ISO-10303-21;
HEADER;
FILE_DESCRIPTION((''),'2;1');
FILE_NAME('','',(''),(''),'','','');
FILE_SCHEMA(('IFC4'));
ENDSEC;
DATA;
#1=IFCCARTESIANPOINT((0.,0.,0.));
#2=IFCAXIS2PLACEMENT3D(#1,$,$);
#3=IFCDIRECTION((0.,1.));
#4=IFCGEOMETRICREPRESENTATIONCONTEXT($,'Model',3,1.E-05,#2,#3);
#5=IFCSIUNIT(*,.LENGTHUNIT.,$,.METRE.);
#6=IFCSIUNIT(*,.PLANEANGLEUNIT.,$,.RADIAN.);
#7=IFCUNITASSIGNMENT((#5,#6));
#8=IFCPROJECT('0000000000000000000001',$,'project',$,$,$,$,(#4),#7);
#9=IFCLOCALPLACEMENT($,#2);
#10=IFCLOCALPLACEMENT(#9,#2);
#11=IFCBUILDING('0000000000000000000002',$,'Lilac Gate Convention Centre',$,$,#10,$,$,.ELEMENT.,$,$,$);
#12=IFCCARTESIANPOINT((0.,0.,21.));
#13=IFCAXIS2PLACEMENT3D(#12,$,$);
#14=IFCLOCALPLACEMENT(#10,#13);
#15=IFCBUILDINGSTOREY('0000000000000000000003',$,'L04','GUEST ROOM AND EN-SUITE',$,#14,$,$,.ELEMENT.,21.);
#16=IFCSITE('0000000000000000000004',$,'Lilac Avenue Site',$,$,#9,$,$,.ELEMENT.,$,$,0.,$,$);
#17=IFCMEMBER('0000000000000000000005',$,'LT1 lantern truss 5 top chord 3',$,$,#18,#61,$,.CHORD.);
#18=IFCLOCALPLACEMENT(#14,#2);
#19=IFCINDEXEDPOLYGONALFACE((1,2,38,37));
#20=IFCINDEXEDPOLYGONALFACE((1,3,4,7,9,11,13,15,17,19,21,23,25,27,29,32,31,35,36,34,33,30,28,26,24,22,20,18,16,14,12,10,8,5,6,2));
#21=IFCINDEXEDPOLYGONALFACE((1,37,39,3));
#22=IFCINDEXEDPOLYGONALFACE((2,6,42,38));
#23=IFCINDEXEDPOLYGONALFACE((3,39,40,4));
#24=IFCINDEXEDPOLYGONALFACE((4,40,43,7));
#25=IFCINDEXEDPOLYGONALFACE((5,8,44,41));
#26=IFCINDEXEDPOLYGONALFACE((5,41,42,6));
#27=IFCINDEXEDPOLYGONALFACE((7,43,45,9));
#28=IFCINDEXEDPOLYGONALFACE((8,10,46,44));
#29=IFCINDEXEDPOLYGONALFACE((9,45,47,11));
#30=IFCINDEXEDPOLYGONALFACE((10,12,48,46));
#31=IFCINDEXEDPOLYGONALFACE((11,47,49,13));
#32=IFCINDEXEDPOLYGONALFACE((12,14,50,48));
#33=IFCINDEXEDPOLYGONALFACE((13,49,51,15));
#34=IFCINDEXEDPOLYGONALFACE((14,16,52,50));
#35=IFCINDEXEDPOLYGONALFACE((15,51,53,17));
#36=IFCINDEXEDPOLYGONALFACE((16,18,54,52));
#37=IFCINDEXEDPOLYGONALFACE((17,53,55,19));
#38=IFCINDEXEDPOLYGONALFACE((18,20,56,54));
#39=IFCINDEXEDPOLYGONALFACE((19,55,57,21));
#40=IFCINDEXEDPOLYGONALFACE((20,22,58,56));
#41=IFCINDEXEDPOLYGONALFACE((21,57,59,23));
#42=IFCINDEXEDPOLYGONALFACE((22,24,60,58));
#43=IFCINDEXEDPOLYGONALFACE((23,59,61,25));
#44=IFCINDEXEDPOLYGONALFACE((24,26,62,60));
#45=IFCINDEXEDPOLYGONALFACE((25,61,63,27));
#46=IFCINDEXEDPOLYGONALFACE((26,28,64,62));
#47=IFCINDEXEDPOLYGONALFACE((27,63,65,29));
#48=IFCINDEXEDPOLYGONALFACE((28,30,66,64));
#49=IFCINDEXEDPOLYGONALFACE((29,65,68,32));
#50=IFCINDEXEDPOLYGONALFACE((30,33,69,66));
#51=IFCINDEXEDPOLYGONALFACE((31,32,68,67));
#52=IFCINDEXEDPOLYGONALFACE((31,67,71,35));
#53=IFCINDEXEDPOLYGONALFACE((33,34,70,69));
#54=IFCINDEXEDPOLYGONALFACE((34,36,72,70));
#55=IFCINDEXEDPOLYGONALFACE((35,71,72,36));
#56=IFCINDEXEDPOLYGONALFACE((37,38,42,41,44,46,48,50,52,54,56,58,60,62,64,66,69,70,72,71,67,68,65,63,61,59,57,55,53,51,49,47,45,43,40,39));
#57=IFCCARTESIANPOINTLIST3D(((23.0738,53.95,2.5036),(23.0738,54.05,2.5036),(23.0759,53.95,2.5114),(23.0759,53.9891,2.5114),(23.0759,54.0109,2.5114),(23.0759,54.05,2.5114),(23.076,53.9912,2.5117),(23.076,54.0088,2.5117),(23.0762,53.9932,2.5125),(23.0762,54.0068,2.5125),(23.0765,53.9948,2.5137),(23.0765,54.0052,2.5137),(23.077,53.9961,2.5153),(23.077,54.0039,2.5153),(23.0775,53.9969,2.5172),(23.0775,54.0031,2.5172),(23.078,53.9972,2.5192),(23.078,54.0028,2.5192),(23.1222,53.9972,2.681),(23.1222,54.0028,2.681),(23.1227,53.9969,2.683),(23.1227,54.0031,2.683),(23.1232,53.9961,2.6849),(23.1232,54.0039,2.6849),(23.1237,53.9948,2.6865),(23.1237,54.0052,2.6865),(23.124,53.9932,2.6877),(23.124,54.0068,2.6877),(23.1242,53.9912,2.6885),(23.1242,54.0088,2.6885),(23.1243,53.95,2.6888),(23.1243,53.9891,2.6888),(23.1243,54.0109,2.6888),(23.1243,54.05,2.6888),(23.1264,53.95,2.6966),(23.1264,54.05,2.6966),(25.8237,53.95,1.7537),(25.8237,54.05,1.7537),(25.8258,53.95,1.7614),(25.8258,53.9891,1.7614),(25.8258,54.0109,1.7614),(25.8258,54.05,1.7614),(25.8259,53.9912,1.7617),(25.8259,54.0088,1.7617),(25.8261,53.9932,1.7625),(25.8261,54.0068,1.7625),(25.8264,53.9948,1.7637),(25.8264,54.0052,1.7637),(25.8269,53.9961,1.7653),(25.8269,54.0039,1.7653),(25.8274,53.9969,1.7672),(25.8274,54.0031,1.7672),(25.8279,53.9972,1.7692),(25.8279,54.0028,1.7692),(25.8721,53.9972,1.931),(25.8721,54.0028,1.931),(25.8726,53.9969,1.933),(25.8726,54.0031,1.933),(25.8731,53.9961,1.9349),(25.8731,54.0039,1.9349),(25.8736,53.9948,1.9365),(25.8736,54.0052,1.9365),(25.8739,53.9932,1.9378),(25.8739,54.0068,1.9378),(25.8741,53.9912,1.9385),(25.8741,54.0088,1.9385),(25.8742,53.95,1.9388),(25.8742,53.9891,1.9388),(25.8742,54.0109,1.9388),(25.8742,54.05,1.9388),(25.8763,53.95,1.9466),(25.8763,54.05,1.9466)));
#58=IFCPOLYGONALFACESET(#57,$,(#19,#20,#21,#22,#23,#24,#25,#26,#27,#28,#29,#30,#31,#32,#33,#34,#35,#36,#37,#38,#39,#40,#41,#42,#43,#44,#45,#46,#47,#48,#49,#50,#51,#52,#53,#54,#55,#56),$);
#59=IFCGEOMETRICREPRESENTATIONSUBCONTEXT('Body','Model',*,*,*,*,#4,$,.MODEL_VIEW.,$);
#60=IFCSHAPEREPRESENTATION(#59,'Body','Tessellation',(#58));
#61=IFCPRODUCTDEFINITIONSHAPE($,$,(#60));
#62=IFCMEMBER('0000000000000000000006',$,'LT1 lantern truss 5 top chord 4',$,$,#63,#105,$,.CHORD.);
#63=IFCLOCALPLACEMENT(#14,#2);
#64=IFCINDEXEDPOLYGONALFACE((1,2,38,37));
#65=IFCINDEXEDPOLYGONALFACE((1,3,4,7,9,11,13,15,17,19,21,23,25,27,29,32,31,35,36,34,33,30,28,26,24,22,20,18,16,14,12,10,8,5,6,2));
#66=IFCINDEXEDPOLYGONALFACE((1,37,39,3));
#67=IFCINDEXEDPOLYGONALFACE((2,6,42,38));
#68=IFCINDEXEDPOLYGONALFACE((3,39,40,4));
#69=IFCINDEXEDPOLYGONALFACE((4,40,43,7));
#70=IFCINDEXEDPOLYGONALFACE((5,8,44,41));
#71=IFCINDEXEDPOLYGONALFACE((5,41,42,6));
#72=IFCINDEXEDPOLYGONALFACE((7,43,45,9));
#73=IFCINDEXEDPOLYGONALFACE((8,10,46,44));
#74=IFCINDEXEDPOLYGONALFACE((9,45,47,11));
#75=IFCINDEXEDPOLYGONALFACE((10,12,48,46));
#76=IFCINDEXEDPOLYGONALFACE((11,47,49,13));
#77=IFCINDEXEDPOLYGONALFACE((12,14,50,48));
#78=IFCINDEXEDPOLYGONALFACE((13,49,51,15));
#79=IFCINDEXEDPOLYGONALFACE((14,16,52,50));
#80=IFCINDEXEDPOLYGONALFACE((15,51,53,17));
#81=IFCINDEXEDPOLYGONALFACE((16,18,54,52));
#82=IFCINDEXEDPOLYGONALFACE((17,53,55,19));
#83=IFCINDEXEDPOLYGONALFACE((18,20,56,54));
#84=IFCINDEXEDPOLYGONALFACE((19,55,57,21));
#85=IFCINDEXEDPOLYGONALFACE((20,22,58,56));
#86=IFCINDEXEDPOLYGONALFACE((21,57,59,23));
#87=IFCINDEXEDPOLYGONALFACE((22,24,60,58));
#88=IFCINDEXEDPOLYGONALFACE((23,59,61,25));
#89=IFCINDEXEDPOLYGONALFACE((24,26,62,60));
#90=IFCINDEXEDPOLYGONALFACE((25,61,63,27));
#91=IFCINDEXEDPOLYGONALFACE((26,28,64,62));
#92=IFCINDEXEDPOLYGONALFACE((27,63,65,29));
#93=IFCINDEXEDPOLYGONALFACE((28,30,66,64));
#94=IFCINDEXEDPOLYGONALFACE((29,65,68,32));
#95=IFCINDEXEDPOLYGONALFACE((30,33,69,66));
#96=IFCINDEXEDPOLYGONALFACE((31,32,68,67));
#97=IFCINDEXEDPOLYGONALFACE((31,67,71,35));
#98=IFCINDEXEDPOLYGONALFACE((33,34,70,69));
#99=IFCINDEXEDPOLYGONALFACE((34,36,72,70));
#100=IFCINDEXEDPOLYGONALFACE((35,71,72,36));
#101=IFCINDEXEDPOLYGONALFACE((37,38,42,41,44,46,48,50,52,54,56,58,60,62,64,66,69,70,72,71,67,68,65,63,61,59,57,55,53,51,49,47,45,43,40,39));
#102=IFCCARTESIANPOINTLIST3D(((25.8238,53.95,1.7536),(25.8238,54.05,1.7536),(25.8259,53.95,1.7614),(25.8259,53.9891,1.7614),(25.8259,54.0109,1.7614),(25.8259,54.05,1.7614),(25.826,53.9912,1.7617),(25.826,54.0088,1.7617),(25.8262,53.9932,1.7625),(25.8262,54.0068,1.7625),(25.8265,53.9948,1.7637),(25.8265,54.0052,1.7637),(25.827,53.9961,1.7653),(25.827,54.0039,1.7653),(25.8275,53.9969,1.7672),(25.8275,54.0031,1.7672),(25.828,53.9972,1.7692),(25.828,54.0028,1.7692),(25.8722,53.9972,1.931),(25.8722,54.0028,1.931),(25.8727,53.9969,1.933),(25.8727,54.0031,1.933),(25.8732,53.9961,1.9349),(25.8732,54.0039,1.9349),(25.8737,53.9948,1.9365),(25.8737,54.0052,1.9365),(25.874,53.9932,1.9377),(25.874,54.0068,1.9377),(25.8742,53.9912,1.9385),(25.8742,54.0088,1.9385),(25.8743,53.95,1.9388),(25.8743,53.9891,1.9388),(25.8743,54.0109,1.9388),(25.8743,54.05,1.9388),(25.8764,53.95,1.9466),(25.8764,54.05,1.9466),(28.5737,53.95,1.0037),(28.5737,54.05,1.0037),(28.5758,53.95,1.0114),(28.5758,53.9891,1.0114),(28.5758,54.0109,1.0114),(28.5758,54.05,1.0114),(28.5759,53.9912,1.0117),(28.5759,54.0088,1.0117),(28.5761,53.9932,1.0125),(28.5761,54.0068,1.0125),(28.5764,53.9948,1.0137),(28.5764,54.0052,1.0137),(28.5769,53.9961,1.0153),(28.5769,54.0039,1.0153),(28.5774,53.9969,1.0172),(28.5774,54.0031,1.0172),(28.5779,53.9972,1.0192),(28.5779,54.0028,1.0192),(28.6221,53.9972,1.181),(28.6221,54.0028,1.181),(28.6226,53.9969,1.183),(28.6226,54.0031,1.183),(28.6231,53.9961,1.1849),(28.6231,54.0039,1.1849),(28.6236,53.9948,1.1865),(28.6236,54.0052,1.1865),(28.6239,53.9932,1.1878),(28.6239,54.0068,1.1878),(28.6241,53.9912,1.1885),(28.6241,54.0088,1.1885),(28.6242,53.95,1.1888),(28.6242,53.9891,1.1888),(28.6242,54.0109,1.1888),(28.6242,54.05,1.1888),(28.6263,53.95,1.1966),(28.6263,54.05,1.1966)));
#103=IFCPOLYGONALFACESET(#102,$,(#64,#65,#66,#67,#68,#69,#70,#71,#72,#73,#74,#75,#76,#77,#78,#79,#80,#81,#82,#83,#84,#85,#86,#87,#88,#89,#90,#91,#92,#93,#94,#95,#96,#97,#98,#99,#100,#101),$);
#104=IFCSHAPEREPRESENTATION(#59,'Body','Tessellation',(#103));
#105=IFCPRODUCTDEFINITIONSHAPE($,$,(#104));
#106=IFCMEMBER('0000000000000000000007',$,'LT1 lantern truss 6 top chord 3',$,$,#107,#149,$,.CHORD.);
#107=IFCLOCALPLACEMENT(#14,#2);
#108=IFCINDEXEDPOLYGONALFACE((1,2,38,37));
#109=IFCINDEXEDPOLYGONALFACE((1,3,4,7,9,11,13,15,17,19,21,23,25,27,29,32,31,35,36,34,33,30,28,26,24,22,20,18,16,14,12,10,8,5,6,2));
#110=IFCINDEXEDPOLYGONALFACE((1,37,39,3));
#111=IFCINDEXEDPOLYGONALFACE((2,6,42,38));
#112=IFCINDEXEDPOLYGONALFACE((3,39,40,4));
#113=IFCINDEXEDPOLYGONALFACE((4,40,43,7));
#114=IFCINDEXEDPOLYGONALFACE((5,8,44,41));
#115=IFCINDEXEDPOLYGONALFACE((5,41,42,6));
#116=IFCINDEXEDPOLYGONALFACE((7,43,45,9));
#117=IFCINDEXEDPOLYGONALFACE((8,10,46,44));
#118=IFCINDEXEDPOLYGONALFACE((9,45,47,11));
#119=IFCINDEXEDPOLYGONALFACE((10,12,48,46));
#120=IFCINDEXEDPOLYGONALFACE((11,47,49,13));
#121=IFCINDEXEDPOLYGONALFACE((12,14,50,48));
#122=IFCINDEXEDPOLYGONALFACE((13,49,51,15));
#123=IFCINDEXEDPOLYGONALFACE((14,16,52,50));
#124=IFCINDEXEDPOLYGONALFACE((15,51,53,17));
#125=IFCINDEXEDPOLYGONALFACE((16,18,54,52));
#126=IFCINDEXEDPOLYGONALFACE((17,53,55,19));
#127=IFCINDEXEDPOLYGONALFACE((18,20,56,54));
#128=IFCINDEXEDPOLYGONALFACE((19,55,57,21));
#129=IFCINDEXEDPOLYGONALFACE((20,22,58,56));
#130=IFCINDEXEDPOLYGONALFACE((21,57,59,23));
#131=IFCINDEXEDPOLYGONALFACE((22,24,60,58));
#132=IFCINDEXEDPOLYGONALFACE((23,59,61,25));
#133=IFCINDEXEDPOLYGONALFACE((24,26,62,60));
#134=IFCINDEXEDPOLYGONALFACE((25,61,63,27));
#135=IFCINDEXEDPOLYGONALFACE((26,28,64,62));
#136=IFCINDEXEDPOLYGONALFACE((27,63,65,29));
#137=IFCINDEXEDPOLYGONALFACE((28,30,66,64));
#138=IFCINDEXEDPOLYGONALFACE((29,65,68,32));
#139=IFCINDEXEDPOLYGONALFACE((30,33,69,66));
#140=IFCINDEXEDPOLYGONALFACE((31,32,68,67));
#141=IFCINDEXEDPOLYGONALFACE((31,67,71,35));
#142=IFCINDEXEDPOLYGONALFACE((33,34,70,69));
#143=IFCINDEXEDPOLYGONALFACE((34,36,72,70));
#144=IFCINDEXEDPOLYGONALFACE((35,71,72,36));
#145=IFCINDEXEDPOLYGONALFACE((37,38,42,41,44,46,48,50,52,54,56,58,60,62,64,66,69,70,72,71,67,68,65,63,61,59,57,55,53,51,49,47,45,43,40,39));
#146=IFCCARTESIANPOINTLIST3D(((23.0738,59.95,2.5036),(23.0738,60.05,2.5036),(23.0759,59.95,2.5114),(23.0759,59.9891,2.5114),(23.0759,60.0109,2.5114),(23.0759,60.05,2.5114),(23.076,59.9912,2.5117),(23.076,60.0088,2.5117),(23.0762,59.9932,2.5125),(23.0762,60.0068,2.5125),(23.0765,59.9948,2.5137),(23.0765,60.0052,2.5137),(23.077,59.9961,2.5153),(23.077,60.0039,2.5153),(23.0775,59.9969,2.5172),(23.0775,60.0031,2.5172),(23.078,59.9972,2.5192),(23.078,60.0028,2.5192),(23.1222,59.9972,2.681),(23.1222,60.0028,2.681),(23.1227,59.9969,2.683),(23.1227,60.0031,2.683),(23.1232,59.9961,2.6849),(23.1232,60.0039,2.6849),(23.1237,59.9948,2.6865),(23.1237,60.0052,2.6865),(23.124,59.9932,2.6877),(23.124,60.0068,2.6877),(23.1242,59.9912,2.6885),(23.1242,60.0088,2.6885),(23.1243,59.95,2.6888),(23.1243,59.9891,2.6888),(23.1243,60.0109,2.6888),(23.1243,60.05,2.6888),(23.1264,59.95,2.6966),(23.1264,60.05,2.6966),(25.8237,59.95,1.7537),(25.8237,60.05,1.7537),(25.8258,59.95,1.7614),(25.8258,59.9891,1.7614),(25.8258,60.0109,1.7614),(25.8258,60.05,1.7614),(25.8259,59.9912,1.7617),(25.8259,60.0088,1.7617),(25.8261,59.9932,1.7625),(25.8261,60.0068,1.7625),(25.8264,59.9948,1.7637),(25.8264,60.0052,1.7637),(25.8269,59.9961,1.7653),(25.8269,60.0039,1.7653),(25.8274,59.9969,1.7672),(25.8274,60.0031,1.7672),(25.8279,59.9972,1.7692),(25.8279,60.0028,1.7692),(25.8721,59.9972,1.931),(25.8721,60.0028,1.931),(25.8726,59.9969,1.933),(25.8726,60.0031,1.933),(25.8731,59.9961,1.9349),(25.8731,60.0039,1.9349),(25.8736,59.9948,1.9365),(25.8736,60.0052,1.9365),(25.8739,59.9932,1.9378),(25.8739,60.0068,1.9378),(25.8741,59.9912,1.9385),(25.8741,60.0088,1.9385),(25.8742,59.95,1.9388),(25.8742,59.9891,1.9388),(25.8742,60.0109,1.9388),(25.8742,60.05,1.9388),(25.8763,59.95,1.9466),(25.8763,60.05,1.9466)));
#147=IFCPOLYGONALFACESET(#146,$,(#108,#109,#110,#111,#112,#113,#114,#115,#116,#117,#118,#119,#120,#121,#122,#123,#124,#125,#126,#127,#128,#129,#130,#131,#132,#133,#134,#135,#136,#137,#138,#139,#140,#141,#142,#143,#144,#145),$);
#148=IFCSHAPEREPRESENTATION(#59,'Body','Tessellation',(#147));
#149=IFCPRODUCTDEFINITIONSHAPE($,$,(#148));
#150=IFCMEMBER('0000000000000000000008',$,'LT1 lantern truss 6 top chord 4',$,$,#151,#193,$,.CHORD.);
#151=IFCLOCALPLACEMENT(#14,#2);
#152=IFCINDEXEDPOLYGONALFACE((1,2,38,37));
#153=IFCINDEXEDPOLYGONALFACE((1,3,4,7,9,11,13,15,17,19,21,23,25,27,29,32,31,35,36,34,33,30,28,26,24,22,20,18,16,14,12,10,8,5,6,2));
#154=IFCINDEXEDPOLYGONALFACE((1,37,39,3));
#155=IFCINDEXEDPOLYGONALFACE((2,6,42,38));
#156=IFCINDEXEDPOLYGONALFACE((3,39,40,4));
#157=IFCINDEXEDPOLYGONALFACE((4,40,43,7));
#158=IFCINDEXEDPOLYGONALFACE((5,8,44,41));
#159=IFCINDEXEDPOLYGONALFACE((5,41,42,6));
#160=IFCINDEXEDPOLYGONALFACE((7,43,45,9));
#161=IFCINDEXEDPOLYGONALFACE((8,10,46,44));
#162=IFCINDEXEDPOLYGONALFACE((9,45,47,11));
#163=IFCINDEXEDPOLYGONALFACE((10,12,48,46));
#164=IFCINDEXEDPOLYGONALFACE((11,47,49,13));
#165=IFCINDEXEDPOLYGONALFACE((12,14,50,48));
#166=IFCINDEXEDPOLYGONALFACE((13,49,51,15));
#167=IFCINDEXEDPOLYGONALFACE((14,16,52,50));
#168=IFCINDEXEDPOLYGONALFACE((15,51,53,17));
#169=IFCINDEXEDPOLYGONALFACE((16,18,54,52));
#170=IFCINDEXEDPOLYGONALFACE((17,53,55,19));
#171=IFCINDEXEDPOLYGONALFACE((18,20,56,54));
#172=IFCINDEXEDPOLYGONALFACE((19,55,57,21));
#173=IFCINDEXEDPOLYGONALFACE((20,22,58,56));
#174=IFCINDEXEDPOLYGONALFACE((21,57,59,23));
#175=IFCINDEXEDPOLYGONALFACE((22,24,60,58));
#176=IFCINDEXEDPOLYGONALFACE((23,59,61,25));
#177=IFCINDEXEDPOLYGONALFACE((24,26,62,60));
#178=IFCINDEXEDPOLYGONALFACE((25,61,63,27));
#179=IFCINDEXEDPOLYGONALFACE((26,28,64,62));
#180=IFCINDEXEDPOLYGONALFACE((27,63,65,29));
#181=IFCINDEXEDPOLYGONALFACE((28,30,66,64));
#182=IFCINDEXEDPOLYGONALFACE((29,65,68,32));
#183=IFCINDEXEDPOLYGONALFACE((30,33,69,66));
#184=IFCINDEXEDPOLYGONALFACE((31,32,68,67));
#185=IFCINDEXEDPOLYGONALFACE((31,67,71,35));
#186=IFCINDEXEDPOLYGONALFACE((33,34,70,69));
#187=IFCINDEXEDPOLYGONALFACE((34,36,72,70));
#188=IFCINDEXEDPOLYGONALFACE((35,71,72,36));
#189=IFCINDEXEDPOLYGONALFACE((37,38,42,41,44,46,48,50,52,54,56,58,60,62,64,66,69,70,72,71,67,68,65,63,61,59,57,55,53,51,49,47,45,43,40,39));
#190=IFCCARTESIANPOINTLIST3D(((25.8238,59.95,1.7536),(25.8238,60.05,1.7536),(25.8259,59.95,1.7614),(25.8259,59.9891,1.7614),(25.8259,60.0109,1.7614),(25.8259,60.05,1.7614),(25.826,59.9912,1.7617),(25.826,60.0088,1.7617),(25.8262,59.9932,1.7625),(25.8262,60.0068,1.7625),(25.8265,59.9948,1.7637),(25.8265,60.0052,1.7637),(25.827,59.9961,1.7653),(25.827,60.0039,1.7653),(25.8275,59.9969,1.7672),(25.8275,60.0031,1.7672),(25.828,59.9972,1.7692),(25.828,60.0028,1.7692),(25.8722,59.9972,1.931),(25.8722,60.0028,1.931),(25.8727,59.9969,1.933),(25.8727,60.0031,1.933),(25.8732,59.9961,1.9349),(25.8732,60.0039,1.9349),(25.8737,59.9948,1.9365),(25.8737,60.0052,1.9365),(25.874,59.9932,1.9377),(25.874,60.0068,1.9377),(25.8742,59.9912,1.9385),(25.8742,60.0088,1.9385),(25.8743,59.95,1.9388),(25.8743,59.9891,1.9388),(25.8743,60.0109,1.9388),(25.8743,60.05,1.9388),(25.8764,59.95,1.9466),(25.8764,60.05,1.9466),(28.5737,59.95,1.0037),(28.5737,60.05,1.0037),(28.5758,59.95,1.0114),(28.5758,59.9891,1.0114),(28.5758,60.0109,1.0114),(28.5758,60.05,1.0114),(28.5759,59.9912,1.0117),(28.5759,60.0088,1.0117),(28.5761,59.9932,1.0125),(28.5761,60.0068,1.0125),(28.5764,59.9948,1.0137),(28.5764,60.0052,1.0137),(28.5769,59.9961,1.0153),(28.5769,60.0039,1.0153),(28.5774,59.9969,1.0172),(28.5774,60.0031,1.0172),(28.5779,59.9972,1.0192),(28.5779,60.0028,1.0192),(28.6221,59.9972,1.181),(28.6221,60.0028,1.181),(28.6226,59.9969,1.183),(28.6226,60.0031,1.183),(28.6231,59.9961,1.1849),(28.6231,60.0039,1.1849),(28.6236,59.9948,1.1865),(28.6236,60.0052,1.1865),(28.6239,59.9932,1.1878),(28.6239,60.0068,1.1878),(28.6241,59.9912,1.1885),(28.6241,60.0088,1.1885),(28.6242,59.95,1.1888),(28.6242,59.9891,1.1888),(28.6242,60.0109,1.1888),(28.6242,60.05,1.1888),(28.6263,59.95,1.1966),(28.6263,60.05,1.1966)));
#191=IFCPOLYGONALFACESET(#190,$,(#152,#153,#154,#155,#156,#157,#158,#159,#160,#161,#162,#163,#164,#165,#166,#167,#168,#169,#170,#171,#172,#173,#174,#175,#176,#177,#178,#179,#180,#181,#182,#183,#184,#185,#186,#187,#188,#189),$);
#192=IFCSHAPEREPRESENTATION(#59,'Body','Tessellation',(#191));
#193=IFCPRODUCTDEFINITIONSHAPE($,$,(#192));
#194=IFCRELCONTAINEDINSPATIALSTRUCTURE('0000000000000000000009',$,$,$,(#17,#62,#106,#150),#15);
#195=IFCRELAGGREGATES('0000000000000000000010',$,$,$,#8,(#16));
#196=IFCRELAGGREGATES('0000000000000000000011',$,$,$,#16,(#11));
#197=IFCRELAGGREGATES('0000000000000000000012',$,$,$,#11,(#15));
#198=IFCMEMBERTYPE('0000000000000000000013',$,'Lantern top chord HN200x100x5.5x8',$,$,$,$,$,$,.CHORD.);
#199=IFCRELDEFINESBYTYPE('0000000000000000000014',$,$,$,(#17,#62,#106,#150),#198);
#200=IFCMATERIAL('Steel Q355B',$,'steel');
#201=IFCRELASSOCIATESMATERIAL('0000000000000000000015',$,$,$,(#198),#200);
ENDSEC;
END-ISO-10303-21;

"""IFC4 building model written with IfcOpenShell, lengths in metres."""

from ifc_helpers import new_model, si_unit, direction, frame, origin, origin_2d, place, context, subcontext, project, spatial, i_section, extrude, material, material_profile, profile_set, type_object, element, save


model = new_model("IFC4")

# Units and contexts
model_context = context("Model", 3, precision=1e-05, world=origin(), true_north=direction((0.0, 1.0)))
body_context = subcontext(model_context, "Body", "Model", "MODEL_VIEW")
ifc_project = project(units=[si_unit("LENGTHUNIT", "METRE"), si_unit("PLANEANGLEUNIT", "RADIAN")], contexts=[model_context])

# Site, building, storey
site_placement = place(None, origin())
site = spatial("IfcSite", under=ifc_project, at=site_placement, Name="Lilac Avenue Site", CompositionType="ELEMENT", RefElevation=0.0)
building_placement = place(site_placement, origin())
building = spatial("IfcBuilding", under=site, at=building_placement, Name="Lilac Gate Convention Centre", CompositionType="ELEMENT")
storey_placement = place(building_placement, frame((0.0, 0.0, 21.0)))
storey = spatial("IfcBuildingStorey", under=building, at=storey_placement, Name="L04", Description="GUEST ROOM AND EN-SUITE", CompositionType="ELEMENT", Elevation=21.0)

# Members
ifc_material_1 = material(Name="Steel Q355B", Category="steel")
ifc_material_profile_1 = material_profile(ifc_material_1, i_section(OverallWidth=0.1001, OverallDepth=0.2, WebThickness=0.0056, FlangeThickness=0.0081, FilletRadius=0.0081, at=origin_2d()), Name="HN200x100x5.5x8")
ifc_profile_set_1 = profile_set([ifc_material_profile_1], Name="Steel Q355B")
member_type_1 = type_object("IfcMemberType", Name="Lantern top chord HN200x100x5.5x8", PredefinedType="CHORD", material=ifc_profile_set_1)
for number, where, z_axis, x_axis, name in (
    (1, (23.1001, 54.0, 2.6001), (0.964764, 0.0, -0.263117), (0.0, 1.0, 0.0), "LT1 lantern truss 5 top chord 3"),
    (2, (25.8501, 54.0, 1.8501), (0.964764, 0.0, -0.263117), (0.0, 1.0, 0.0), "LT1 lantern truss 5 top chord 4"),
    (3, (23.1001, 60.0, 2.6001), (0.964764, 0.0, -0.263117), (0.0, 1.0, 0.0), "LT1 lantern truss 6 top chord 3"),
    (4, (25.8501, 60.0, 1.8501), (0.964764, 0.0, -0.263117), (0.0, 1.0, 0.0), "LT1 lantern truss 6 top chord 4"),
):
    element("IfcMember", number, at=place(storey_placement, frame(where, z_axis=z_axis, x_axis=x_axis)), inside=storey, type_object=member_type_1, Name=name, PredefinedType="CHORD", context=body_context, shape_type="SweptSolid", body=[
        extrude(i_section(OverallWidth=0.1001, OverallDepth=0.2, WebThickness=0.0056, FlangeThickness=0.0081, FilletRadius=0.0081, at=origin_2d()), origin(), (0.0, 0.0, 1.0), 2.8503),
    ])

save(model, "model.ifc")
